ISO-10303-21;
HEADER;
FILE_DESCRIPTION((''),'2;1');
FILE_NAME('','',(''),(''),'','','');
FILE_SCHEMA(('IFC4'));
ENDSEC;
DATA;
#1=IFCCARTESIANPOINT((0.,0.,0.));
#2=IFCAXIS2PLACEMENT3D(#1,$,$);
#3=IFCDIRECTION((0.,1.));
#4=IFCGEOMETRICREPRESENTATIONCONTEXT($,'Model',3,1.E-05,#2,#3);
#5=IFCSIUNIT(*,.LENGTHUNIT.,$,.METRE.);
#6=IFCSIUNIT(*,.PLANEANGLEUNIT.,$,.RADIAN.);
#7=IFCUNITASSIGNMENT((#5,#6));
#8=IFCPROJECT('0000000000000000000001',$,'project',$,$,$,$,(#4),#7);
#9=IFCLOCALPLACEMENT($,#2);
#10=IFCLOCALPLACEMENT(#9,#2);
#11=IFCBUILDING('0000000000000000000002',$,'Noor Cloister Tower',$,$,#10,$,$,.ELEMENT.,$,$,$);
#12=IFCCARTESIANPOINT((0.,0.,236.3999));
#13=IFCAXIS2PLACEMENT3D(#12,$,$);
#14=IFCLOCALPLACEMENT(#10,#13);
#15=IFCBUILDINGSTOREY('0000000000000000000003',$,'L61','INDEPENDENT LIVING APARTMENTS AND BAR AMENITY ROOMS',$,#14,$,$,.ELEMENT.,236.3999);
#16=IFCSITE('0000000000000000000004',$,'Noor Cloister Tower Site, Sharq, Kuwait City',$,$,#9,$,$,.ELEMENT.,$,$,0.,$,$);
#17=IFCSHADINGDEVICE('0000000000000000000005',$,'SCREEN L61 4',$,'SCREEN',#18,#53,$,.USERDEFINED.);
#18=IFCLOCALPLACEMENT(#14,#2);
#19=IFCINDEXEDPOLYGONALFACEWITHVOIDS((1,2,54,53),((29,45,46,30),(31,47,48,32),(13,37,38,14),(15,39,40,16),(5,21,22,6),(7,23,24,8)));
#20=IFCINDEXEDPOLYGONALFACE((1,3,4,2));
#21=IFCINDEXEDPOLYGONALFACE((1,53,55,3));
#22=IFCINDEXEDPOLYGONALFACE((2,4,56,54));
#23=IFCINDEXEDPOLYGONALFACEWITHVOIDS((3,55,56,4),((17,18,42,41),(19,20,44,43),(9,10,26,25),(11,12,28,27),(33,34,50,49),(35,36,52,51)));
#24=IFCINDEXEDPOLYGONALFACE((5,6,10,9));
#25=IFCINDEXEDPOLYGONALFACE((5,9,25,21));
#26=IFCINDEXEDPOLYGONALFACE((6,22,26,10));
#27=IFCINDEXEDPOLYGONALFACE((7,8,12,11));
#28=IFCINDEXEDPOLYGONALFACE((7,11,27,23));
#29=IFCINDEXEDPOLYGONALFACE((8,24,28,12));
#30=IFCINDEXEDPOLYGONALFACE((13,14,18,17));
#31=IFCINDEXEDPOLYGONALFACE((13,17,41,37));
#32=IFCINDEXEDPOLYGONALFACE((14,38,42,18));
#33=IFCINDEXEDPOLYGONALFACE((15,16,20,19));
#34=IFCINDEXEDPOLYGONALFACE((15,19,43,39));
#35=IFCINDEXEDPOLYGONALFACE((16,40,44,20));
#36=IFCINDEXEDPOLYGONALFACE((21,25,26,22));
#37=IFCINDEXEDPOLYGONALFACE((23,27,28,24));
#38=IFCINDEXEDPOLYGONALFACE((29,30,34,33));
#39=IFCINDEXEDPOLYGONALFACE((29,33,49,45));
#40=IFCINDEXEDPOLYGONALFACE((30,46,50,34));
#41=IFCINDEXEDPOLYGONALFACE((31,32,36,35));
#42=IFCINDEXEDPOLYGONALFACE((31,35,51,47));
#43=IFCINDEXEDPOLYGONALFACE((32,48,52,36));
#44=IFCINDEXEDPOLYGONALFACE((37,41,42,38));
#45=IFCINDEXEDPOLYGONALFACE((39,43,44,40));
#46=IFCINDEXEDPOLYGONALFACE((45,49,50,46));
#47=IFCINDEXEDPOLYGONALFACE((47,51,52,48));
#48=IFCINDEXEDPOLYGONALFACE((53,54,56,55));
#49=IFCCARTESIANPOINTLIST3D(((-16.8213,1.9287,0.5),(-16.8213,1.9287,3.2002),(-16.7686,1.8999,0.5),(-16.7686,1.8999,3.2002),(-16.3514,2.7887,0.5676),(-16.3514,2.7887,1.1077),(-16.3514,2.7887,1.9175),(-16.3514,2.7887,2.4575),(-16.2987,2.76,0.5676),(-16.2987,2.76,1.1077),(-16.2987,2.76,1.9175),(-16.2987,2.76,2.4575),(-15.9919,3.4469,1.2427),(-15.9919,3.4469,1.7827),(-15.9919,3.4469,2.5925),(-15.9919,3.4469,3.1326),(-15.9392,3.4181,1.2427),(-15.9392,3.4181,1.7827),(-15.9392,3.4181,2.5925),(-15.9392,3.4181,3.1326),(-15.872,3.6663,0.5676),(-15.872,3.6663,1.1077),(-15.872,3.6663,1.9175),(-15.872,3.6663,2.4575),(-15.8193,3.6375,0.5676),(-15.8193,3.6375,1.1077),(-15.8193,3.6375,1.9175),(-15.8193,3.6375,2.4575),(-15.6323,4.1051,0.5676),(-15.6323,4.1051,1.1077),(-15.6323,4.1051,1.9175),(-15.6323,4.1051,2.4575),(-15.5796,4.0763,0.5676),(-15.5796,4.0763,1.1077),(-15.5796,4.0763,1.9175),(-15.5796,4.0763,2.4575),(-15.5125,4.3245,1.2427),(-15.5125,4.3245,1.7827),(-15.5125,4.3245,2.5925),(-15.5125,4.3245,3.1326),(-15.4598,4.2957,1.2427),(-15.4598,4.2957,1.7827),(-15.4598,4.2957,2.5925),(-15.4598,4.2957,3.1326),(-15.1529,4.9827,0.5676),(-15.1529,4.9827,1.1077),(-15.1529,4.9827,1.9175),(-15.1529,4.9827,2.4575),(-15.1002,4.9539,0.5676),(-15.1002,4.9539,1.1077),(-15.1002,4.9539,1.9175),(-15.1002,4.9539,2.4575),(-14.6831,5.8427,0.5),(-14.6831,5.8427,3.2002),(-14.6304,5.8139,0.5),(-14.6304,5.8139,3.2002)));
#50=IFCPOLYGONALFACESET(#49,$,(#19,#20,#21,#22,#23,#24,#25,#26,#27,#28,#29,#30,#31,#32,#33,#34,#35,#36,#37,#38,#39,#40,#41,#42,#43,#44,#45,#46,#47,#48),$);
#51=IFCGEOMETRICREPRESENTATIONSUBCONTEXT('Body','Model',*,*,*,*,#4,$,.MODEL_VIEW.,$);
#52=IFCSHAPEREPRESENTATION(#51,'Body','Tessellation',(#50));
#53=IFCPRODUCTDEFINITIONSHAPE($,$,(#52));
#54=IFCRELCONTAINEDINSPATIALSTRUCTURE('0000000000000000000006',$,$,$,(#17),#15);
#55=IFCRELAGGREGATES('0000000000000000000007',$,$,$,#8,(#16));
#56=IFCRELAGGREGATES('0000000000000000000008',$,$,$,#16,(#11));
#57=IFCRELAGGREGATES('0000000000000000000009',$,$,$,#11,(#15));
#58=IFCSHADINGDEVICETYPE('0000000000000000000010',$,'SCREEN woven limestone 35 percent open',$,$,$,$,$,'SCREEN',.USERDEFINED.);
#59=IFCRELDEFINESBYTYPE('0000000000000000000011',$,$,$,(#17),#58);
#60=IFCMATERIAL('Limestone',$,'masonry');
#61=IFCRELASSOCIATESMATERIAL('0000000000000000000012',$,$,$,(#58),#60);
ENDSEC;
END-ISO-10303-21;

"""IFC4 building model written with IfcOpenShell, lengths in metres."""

from ifc_helpers import new_model, si_unit, direction, frame, origin, place, context, subcontext, project, spatial, polyline, outline, extrude, material, material_profile, profile_set, type_object, element, save


model = new_model("IFC4")

# Units and contexts
model_context = context("Model", 3, precision=1e-05, world=origin(), true_north=direction((0.0, 1.0)))
body_context = subcontext(model_context, "Body", "Model", "MODEL_VIEW")
ifc_project = project(units=[si_unit("LENGTHUNIT", "METRE"), si_unit("PLANEANGLEUNIT", "RADIAN")], contexts=[model_context])

# Site, building, storey
site_placement = place(None, origin())
site = spatial("IfcSite", under=ifc_project, at=site_placement, Name="Noor Cloister Tower Site, Sharq, Kuwait City", CompositionType="ELEMENT", RefElevation=0.0)
building_placement = place(site_placement, origin())
building = spatial("IfcBuilding", under=site, at=building_placement, Name="Noor Cloister Tower", CompositionType="ELEMENT")
storey_placement = place(building_placement, frame((0.0, 0.0, 236.3999)))
storey = spatial("IfcBuildingStorey", under=building, at=storey_placement, Name="L61", Description="INDEPENDENT LIVING APARTMENTS AND BAR AMENITY ROOMS", CompositionType="ELEMENT", Elevation=236.3999)

# Shading device
ifc_material_1 = material(Name="Limestone", Category="masonry")
ifc_material_profile_1 = material_profile(ifc_material_1, outline(polyline([(-2.23, -1.3501), (2.23, -1.3501), (2.23, 1.3501), (-2.23, 1.3501), (-2.23, -1.3501)]), holes=[polyline([(-1.25, -1.2825), (-0.25, -1.2825), (-0.25, -0.7424), (-1.25, -0.7424), (-1.25, -1.2825)]), polyline([(0.25, -1.2825), (1.25, -1.2825), (1.25, -0.7424), (0.25, -0.7424), (0.25, -1.2825)]), polyline([(-0.5, -0.6074), (0.5, -0.6074), (0.5, -0.0674), (-0.5, -0.0674), (-0.5, -0.6074)]), polyline([(-1.25, 0.0674), (-0.25, 0.0674), (-0.25, 0.6074), (-1.25, 0.6074), (-1.25, 0.0674)]), polyline([(0.25, 0.0674), (1.25, 0.0674), (1.25, 0.6074), (0.25, 0.6074), (0.25, 0.0674)]), polyline([(-0.5, 0.7424), (0.5, 0.7424), (0.5, 1.2825), (-0.5, 1.2825), (-0.5, 0.7424)])]), Name="Woven screen 35 percent open")
ifc_profile_set_1 = profile_set([ifc_material_profile_1], Name="Limestone")
shading_device_type = type_object("IfcShadingDeviceType", Name="SCREEN woven limestone 35 percent open", ElementType="SCREEN", PredefinedType="USERDEFINED", material=ifc_profile_set_1)
shading_device_placement = place(storey_placement, frame((-15.6995, 3.8569, 1.8501), z_axis=(-0.877585, 0.479421, 0.0), x_axis=(-0.479421, -0.877585, 0.0)))
element("IfcShadingDevice", 1, at=shading_device_placement, inside=storey, type_object=shading_device_type, Name="SCREEN L61 4", ObjectType="SCREEN", PredefinedType="USERDEFINED", context=body_context, shape_type="SweptSolid", body=[
    extrude(outline(polyline([(-2.23, -1.3501), (2.23, -1.3501), (2.23, 1.3501), (-2.23, 1.3501), (-2.23, -1.3501)]), holes=[polyline([(-1.25, -1.2825), (-0.25, -1.2825), (-0.25, -0.7424), (-1.25, -0.7424), (-1.25, -1.2825)]), polyline([(0.25, -1.2825), (1.25, -1.2825), (1.25, -0.7424), (0.25, -0.7424), (0.25, -1.2825)]), polyline([(-0.5, -0.6074), (0.5, -0.6074), (0.5, -0.0674), (-0.5, -0.0674), (-0.5, -0.6074)]), polyline([(-1.25, 0.0674), (-0.25, 0.0674), (-0.25, 0.6074), (-1.25, 0.6074), (-1.25, 0.0674)]), polyline([(0.25, 0.0674), (1.25, 0.0674), (1.25, 0.6074), (0.25, 0.6074), (0.25, 0.0674)]), polyline([(-0.5, 0.7424), (0.5, 0.7424), (0.5, 1.2825), (-0.5, 1.2825), (-0.5, 0.7424)])]), origin(), (0.0, 0.0, 1.0), 0.0601),
])

save(model, "model.ifc")
